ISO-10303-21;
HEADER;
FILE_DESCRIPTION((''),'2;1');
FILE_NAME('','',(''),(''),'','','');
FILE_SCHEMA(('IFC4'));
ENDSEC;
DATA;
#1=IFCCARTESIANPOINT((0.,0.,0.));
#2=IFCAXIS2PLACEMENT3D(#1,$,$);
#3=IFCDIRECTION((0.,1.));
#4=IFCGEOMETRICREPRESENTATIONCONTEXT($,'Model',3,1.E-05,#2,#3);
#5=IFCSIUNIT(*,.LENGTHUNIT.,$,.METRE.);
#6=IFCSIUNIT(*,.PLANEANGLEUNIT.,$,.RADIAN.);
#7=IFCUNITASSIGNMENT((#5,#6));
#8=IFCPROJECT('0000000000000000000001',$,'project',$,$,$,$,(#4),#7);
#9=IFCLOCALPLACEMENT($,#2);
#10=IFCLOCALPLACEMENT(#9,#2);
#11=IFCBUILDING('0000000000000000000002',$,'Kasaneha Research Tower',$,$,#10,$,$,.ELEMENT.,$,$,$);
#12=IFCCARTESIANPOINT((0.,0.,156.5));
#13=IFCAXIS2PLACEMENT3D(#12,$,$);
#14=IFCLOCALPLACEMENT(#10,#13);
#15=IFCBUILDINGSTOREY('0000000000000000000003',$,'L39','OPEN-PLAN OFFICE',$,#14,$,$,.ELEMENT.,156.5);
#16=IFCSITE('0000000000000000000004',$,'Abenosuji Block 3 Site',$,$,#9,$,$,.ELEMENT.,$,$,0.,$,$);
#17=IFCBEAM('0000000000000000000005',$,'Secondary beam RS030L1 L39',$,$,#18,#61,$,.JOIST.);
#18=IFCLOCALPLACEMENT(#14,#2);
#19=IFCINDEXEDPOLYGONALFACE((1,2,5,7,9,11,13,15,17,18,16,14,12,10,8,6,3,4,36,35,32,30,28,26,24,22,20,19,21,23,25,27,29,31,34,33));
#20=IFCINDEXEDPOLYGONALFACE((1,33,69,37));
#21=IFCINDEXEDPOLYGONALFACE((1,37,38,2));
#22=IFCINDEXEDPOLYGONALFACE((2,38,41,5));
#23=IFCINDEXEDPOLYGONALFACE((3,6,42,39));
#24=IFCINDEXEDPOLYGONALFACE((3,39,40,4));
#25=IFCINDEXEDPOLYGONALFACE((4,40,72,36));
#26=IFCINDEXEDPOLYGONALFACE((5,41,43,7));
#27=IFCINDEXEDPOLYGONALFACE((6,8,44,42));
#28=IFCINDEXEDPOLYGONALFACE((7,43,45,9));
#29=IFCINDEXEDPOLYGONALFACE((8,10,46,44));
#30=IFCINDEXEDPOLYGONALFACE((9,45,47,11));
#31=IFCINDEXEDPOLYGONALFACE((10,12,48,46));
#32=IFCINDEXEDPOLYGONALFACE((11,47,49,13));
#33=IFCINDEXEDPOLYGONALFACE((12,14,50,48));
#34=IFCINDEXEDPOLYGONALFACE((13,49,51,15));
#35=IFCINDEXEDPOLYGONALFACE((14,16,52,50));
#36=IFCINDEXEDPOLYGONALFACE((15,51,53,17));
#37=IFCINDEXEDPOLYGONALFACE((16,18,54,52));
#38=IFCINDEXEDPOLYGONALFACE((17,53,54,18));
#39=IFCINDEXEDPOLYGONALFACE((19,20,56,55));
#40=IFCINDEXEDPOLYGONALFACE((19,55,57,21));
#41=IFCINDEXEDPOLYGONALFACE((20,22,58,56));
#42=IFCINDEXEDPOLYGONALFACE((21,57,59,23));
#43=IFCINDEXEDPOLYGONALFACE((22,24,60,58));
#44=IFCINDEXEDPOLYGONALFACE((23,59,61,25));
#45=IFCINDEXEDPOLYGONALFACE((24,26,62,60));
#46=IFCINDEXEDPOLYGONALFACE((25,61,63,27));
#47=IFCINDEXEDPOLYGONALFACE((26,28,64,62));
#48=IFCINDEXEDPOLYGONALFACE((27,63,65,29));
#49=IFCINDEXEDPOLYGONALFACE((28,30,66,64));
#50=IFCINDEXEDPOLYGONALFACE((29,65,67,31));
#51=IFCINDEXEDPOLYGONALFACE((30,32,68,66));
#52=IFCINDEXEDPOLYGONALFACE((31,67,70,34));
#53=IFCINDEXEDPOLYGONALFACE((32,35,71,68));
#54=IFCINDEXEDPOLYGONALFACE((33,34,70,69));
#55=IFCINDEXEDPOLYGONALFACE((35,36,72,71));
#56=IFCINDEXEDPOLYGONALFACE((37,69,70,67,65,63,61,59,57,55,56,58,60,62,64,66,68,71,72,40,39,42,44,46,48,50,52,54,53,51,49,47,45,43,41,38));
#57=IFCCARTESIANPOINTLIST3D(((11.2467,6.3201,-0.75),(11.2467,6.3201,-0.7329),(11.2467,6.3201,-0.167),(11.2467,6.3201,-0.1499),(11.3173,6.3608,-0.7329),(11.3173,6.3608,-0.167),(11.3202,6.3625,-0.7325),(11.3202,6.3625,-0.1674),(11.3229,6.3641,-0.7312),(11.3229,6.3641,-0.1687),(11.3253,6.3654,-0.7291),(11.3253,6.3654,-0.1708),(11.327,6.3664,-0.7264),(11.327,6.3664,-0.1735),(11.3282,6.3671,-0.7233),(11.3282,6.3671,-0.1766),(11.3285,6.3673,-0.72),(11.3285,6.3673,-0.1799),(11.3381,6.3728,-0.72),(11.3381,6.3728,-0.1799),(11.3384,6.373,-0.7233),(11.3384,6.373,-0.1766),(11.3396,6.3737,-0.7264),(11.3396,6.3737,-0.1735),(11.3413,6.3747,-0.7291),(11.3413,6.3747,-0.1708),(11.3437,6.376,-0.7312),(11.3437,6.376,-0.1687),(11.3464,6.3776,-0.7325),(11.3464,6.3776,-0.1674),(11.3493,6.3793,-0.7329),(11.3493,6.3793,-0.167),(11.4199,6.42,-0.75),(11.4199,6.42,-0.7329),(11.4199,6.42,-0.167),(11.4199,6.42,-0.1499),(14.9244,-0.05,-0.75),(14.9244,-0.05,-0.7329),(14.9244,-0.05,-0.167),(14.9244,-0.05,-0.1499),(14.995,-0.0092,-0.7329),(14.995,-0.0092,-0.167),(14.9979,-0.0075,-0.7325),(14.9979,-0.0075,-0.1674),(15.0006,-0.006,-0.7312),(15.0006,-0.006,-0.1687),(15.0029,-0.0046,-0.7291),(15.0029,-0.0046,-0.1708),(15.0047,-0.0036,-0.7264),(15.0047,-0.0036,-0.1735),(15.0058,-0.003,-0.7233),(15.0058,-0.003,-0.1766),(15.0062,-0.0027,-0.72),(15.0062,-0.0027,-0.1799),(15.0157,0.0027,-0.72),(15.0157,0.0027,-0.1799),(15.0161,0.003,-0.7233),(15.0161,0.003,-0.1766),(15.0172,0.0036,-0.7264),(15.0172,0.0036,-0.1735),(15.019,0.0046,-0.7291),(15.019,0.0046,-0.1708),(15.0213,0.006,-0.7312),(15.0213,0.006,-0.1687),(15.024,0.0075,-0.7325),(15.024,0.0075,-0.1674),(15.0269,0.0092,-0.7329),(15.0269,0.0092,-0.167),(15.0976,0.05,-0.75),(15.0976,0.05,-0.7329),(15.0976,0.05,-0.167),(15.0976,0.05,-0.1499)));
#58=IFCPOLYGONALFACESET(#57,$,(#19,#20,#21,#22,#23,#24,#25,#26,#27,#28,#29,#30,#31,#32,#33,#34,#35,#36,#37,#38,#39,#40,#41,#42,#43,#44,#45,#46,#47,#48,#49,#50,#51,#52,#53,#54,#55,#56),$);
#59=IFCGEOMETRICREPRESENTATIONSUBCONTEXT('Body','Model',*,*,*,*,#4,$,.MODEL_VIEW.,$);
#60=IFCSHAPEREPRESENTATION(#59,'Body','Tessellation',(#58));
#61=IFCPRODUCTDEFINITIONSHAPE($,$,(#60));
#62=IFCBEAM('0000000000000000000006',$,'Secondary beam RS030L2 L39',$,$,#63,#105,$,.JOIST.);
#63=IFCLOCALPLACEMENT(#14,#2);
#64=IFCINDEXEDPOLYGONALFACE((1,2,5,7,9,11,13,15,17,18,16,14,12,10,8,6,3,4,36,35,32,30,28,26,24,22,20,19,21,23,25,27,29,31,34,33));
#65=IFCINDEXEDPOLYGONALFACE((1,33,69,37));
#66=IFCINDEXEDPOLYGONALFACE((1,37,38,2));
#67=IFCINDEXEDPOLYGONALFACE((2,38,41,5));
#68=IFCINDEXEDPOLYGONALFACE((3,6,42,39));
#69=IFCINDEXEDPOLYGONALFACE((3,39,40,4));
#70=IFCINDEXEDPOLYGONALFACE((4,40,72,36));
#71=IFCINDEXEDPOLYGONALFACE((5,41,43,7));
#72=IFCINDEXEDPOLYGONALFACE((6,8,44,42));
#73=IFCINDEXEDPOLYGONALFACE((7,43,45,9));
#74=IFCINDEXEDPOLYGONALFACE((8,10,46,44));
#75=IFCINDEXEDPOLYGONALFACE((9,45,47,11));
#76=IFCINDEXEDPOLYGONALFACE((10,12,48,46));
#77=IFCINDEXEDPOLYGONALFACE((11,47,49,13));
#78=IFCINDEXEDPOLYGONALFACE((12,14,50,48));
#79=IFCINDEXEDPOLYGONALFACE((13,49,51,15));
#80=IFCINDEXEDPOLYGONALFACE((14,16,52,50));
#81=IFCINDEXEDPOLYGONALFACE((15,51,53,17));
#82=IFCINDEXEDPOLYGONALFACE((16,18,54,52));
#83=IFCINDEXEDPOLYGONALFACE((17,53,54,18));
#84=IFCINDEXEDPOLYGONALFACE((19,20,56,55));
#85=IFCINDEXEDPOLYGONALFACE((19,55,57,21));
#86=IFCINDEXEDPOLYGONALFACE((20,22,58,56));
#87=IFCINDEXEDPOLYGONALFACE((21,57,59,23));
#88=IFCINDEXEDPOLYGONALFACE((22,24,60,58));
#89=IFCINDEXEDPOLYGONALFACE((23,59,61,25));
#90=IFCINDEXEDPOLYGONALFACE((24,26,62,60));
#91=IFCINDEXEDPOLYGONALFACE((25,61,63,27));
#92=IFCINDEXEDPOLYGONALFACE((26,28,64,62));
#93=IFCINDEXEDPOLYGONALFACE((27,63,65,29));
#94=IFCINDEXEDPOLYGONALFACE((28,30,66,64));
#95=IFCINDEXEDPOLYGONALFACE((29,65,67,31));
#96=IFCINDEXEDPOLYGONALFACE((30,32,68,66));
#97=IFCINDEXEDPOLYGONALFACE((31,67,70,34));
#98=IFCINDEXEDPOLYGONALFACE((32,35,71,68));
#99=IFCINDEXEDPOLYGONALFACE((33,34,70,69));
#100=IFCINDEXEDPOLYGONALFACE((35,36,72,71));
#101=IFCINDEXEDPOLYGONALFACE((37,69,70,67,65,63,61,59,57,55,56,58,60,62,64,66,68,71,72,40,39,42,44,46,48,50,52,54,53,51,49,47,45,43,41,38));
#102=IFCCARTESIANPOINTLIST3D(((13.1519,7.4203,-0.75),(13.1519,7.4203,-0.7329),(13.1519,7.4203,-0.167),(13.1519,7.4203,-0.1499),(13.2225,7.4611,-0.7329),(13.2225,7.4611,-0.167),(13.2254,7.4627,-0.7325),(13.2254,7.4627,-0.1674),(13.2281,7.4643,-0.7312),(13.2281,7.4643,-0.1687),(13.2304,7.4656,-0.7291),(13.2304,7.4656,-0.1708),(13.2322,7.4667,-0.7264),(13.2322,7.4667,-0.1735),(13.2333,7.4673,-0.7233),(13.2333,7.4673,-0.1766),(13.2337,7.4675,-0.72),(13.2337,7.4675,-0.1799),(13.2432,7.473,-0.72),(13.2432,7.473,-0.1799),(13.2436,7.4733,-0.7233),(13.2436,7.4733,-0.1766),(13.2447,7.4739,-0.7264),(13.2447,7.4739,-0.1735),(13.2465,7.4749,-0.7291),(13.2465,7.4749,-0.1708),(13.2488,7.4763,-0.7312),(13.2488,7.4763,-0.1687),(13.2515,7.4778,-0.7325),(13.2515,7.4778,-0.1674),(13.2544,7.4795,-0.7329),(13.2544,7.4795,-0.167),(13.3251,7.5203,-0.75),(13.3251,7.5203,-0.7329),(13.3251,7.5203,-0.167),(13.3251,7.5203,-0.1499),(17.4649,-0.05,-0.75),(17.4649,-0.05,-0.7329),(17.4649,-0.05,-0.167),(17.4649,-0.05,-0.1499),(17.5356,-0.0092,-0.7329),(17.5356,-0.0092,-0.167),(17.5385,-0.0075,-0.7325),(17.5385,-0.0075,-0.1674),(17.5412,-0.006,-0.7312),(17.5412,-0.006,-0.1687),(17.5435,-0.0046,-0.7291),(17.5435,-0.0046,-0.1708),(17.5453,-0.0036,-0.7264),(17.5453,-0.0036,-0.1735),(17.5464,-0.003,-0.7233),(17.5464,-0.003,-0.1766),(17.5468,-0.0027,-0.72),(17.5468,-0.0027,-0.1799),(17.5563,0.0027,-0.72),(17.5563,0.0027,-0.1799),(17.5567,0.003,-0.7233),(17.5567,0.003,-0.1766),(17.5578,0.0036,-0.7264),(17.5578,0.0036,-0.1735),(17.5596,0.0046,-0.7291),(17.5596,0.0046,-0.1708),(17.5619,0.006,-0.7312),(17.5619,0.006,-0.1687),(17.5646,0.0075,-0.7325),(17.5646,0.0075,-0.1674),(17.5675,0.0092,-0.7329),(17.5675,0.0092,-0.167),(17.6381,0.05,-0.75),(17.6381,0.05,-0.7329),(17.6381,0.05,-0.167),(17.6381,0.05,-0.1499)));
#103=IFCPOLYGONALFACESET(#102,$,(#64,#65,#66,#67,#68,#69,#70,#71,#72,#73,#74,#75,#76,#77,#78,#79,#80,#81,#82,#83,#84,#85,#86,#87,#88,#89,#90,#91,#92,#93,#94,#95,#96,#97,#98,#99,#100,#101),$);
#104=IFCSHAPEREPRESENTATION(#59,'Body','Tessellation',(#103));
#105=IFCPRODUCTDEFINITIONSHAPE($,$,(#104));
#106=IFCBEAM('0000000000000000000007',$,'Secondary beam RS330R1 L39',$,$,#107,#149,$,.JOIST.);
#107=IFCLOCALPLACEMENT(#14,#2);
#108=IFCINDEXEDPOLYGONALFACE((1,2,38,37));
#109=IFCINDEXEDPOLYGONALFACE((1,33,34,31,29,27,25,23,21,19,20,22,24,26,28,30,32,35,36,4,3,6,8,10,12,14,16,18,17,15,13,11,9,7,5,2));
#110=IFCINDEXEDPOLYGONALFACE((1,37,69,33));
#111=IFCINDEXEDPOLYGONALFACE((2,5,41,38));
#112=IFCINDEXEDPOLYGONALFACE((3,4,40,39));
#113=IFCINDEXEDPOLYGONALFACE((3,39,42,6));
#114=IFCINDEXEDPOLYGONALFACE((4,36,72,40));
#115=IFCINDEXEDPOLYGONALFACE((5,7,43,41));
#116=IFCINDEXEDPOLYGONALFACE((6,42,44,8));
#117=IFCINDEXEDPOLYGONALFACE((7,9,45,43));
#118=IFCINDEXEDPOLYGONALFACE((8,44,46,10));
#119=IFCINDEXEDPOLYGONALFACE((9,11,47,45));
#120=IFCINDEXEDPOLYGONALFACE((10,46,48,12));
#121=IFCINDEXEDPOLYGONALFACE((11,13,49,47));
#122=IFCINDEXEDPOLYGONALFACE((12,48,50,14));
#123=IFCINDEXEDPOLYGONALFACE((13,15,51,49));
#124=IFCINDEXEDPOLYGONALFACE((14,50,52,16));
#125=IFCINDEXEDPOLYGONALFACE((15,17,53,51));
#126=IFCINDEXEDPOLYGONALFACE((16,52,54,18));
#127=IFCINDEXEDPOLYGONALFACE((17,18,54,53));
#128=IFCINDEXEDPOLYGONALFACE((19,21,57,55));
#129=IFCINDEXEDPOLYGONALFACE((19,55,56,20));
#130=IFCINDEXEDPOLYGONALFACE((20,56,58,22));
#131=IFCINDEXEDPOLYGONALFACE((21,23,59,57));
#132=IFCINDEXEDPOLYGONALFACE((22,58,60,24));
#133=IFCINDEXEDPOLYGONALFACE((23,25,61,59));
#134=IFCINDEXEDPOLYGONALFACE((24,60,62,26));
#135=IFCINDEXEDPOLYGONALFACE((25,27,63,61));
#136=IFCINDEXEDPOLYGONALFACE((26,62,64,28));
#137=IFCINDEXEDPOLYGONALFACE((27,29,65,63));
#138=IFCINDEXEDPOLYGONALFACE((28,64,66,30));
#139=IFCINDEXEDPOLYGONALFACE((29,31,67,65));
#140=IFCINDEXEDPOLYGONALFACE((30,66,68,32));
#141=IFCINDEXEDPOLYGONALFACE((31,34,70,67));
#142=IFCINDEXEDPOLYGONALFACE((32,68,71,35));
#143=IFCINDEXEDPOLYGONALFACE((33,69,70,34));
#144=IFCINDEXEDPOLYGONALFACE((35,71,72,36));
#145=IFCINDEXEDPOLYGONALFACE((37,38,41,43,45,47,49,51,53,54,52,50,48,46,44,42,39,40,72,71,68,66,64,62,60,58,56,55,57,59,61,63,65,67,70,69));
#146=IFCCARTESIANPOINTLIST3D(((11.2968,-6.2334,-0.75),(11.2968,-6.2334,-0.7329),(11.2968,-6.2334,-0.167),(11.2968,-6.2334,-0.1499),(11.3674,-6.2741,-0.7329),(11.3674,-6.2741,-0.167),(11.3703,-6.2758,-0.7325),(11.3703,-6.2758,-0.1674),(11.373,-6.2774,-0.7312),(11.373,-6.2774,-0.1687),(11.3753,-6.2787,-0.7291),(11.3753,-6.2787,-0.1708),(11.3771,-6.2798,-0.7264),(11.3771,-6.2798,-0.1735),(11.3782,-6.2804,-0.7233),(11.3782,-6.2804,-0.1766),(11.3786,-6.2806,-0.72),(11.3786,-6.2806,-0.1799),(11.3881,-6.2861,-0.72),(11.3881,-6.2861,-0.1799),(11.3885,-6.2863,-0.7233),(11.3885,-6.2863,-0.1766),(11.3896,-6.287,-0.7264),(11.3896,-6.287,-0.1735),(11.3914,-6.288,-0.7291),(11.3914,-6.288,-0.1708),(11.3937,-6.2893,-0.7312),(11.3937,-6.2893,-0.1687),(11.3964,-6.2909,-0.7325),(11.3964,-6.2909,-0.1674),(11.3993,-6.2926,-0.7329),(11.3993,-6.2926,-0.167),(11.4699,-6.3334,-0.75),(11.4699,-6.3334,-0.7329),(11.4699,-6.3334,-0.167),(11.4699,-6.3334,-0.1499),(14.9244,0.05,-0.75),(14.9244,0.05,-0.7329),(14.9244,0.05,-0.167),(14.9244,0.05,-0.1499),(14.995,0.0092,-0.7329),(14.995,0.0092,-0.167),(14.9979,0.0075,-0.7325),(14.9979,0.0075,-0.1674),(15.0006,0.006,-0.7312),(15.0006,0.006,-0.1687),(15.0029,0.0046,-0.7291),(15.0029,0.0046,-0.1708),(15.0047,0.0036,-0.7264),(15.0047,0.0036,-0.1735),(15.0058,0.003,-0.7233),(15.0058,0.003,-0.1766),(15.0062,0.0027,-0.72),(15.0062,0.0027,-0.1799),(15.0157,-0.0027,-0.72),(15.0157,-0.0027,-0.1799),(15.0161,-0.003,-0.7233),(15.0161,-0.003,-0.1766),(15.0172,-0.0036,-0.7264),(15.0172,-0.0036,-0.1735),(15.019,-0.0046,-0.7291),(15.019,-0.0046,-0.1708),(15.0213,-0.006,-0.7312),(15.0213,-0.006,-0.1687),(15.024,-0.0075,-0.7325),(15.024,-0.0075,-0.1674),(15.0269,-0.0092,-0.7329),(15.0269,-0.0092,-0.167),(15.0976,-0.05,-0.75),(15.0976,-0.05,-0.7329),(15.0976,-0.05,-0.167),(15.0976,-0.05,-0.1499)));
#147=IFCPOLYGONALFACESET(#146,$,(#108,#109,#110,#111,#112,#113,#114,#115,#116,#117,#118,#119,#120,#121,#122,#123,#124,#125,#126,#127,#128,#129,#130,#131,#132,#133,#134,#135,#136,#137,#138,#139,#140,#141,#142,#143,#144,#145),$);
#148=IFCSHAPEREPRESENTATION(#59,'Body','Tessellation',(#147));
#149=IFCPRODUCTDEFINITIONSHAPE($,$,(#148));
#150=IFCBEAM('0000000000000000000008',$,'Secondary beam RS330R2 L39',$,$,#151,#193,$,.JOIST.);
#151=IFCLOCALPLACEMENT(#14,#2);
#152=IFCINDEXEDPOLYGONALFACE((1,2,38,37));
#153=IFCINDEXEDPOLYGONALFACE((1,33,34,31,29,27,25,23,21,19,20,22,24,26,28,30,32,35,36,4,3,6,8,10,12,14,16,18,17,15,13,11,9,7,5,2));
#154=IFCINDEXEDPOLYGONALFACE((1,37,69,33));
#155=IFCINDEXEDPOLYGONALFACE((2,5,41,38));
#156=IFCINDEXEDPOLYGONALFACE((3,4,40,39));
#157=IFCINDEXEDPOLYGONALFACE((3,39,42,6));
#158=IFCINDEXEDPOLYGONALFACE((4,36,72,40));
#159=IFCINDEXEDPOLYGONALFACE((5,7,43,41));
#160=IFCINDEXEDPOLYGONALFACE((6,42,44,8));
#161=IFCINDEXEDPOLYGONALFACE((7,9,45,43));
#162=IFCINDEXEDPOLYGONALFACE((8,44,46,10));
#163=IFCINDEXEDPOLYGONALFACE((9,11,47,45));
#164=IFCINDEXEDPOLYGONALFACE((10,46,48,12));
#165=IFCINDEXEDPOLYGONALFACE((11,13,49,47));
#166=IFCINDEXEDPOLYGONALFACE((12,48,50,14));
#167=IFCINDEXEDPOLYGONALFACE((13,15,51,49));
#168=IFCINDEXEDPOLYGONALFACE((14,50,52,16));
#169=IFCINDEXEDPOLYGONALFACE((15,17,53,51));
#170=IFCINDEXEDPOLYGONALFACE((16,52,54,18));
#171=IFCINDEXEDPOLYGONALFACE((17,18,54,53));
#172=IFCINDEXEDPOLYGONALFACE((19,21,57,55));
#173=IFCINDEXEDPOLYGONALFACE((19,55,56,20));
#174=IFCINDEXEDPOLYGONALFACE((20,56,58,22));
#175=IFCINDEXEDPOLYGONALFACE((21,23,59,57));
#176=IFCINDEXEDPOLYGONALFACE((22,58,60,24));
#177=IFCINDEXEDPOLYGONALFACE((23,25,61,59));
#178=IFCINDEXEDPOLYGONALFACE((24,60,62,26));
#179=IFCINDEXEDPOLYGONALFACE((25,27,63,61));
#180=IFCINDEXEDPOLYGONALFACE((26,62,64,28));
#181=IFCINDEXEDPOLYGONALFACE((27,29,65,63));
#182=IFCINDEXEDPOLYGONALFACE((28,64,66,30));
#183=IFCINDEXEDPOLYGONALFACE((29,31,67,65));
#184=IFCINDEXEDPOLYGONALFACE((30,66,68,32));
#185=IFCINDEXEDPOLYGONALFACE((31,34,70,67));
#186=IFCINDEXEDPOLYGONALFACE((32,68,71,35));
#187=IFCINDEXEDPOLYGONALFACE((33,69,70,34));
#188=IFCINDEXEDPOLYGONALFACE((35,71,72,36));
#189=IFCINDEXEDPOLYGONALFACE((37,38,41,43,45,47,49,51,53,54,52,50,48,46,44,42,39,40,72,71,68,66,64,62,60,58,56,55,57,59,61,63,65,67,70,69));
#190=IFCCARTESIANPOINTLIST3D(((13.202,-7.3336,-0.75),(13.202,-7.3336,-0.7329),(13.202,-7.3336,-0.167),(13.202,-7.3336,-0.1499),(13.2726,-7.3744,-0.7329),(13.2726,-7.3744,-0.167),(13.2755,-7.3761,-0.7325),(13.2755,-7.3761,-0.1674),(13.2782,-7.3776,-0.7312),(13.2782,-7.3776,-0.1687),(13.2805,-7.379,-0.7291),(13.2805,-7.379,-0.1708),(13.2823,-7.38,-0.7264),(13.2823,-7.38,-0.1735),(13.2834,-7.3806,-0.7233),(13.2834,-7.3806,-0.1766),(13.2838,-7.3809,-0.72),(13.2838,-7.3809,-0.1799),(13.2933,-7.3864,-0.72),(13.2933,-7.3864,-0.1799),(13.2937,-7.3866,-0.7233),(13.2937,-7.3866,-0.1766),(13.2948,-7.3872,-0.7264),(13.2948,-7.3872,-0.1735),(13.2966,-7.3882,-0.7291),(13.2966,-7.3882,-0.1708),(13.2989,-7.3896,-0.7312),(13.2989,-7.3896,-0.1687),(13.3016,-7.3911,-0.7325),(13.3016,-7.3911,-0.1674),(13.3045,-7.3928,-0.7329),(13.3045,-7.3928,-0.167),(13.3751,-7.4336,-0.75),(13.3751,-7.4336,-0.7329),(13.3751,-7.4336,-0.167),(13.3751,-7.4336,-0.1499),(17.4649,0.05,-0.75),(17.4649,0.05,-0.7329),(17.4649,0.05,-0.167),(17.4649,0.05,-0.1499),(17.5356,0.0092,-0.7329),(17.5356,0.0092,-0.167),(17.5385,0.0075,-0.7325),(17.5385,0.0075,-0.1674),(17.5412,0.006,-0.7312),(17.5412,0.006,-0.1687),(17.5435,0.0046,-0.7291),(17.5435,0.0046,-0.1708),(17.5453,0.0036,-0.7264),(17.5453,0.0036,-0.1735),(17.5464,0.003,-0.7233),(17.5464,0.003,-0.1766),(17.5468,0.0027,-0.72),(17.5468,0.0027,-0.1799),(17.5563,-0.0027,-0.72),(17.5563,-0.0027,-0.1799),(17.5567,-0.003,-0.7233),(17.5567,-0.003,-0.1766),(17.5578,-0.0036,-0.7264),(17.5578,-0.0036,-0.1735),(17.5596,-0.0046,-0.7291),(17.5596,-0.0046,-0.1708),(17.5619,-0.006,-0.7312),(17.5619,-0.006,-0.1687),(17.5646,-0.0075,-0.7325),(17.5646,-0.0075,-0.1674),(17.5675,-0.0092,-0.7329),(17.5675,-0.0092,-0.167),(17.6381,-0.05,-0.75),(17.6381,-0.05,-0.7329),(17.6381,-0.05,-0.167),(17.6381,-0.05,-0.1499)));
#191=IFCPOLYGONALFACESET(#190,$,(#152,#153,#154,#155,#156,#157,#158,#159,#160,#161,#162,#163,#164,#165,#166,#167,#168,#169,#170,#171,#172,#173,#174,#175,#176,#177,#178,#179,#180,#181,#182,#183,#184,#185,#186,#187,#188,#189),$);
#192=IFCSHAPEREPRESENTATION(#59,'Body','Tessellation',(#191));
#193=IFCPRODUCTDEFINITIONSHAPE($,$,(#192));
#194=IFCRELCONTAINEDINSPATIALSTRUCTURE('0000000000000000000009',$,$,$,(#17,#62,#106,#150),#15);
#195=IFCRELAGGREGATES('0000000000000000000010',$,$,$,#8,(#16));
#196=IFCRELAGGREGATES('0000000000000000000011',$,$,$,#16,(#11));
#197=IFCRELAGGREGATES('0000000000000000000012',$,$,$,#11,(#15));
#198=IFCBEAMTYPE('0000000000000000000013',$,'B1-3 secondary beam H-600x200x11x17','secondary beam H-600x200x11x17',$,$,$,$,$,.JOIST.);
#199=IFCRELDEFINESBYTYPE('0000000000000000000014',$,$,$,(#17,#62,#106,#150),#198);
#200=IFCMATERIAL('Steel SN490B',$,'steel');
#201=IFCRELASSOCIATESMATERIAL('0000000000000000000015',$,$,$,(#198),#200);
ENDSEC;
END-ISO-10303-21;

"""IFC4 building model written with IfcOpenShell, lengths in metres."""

from ifc_helpers import new_model, si_unit, direction, frame, origin, origin_2d, place, context, subcontext, project, spatial, i_section, extrude, material, material_profile, profile_set, type_object, element, save


model = new_model("IFC4")

# Units and contexts
model_context = context("Model", 3, precision=1e-05, world=origin(), true_north=direction((0.0, 1.0)))
body_context = subcontext(model_context, "Body", "Model", "MODEL_VIEW")
ifc_project = project(units=[si_unit("LENGTHUNIT", "METRE"), si_unit("PLANEANGLEUNIT", "RADIAN")], contexts=[model_context])

# Site, building, storey
site_placement = place(None, origin())
site = spatial("IfcSite", under=ifc_project, at=site_placement, Name="Abenosuji Block 3 Site", CompositionType="ELEMENT", RefElevation=0.0)
building_placement = place(site_placement, origin())
building = spatial("IfcBuilding", under=site, at=building_placement, Name="Kasaneha Research Tower", CompositionType="ELEMENT")
storey_placement = place(building_placement, frame((0.0, 0.0, 156.5)))
storey = spatial("IfcBuildingStorey", under=building, at=storey_placement, Name="L39", Description="OPEN-PLAN OFFICE", CompositionType="ELEMENT", Elevation=156.5)

# Beams
ifc_material_1 = material(Name="Steel SN490B", Category="steel")
ifc_material_profile_1 = material_profile(ifc_material_1, i_section(OverallWidth=0.2, OverallDepth=0.6001, WebThickness=0.011, FlangeThickness=0.0171, FilletRadius=0.0129, at=origin_2d()), Name="H-600x200x11x17")
ifc_profile_set_1 = profile_set([ifc_material_profile_1], Name="Steel SN490B")
beam_type_1 = type_object("IfcBeamType", Name="B1-3 secondary beam H-600x200x11x17", Description="secondary beam H-600x200x11x17", PredefinedType="JOIST", material=ifc_profile_set_1)
beam_1_placement = place(storey_placement, frame((15.011, 0.0, -0.45), z_axis=(-0.499994, 0.866029, 0.0), x_axis=(-0.866029, -0.499994, 0.0)))
element("IfcBeam", 1, at=beam_1_placement, inside=storey, type_object=beam_type_1, Name="Secondary beam RS030L1 L39", PredefinedType="JOIST", context=body_context, shape_type="SweptSolid", body=[
    extrude(i_section(OverallWidth=0.2, OverallDepth=0.6001, WebThickness=0.011, FlangeThickness=0.0171, FilletRadius=0.0129, at=origin_2d()), origin(), (0.0, 0.0, 1.0), 7.3555),
])
beam_2_placement = place(storey_placement, frame((17.5515, 0.0, -0.45), z_axis=(-0.500005, 0.866023, 0.0), x_axis=(-0.866023, -0.500005, 0.0)))
element("IfcBeam", 2, at=beam_2_placement, inside=storey, type_object=beam_type_1, Name="Secondary beam RS030L2 L39", PredefinedType="JOIST", context=body_context, shape_type="SweptSolid", body=[
    extrude(i_section(OverallWidth=0.2, OverallDepth=0.6001, WebThickness=0.011, FlangeThickness=0.0171, FilletRadius=0.0129, at=origin_2d()), origin(), (0.0, 0.0, 1.0), 8.626),
])
beam_3_placement = place(storey_placement, frame((15.011, 0.0, -0.45), z_axis=(-0.499993, -0.866029, 0.0), x_axis=(0.866029, -0.499993, 0.0)))
element("IfcBeam", 3, at=beam_3_placement, inside=storey, type_object=beam_type_1, Name="Secondary beam RS330R1 L39", PredefinedType="JOIST", context=body_context, shape_type="SweptSolid", body=[
    extrude(i_section(OverallWidth=0.2, OverallDepth=0.6001, WebThickness=0.011, FlangeThickness=0.0171, FilletRadius=0.0129, at=origin_2d()), origin(), (0.0, 0.0, 1.0), 7.2554),
])
beam_4_placement = place(storey_placement, frame((17.5515, 0.0, -0.45), z_axis=(-0.500004, -0.866023, 0.0), x_axis=(0.866023, -0.500004, 0.0)))
element("IfcBeam", 4, at=beam_4_placement, inside=storey, type_object=beam_type_1, Name="Secondary beam RS330R2 L39", PredefinedType="JOIST", context=body_context, shape_type="SweptSolid", body=[
    extrude(i_section(OverallWidth=0.2, OverallDepth=0.6001, WebThickness=0.011, FlangeThickness=0.0171, FilletRadius=0.0129, at=origin_2d()), origin(), (0.0, 0.0, 1.0), 8.5259),
])

save(model, "model.ifc")
